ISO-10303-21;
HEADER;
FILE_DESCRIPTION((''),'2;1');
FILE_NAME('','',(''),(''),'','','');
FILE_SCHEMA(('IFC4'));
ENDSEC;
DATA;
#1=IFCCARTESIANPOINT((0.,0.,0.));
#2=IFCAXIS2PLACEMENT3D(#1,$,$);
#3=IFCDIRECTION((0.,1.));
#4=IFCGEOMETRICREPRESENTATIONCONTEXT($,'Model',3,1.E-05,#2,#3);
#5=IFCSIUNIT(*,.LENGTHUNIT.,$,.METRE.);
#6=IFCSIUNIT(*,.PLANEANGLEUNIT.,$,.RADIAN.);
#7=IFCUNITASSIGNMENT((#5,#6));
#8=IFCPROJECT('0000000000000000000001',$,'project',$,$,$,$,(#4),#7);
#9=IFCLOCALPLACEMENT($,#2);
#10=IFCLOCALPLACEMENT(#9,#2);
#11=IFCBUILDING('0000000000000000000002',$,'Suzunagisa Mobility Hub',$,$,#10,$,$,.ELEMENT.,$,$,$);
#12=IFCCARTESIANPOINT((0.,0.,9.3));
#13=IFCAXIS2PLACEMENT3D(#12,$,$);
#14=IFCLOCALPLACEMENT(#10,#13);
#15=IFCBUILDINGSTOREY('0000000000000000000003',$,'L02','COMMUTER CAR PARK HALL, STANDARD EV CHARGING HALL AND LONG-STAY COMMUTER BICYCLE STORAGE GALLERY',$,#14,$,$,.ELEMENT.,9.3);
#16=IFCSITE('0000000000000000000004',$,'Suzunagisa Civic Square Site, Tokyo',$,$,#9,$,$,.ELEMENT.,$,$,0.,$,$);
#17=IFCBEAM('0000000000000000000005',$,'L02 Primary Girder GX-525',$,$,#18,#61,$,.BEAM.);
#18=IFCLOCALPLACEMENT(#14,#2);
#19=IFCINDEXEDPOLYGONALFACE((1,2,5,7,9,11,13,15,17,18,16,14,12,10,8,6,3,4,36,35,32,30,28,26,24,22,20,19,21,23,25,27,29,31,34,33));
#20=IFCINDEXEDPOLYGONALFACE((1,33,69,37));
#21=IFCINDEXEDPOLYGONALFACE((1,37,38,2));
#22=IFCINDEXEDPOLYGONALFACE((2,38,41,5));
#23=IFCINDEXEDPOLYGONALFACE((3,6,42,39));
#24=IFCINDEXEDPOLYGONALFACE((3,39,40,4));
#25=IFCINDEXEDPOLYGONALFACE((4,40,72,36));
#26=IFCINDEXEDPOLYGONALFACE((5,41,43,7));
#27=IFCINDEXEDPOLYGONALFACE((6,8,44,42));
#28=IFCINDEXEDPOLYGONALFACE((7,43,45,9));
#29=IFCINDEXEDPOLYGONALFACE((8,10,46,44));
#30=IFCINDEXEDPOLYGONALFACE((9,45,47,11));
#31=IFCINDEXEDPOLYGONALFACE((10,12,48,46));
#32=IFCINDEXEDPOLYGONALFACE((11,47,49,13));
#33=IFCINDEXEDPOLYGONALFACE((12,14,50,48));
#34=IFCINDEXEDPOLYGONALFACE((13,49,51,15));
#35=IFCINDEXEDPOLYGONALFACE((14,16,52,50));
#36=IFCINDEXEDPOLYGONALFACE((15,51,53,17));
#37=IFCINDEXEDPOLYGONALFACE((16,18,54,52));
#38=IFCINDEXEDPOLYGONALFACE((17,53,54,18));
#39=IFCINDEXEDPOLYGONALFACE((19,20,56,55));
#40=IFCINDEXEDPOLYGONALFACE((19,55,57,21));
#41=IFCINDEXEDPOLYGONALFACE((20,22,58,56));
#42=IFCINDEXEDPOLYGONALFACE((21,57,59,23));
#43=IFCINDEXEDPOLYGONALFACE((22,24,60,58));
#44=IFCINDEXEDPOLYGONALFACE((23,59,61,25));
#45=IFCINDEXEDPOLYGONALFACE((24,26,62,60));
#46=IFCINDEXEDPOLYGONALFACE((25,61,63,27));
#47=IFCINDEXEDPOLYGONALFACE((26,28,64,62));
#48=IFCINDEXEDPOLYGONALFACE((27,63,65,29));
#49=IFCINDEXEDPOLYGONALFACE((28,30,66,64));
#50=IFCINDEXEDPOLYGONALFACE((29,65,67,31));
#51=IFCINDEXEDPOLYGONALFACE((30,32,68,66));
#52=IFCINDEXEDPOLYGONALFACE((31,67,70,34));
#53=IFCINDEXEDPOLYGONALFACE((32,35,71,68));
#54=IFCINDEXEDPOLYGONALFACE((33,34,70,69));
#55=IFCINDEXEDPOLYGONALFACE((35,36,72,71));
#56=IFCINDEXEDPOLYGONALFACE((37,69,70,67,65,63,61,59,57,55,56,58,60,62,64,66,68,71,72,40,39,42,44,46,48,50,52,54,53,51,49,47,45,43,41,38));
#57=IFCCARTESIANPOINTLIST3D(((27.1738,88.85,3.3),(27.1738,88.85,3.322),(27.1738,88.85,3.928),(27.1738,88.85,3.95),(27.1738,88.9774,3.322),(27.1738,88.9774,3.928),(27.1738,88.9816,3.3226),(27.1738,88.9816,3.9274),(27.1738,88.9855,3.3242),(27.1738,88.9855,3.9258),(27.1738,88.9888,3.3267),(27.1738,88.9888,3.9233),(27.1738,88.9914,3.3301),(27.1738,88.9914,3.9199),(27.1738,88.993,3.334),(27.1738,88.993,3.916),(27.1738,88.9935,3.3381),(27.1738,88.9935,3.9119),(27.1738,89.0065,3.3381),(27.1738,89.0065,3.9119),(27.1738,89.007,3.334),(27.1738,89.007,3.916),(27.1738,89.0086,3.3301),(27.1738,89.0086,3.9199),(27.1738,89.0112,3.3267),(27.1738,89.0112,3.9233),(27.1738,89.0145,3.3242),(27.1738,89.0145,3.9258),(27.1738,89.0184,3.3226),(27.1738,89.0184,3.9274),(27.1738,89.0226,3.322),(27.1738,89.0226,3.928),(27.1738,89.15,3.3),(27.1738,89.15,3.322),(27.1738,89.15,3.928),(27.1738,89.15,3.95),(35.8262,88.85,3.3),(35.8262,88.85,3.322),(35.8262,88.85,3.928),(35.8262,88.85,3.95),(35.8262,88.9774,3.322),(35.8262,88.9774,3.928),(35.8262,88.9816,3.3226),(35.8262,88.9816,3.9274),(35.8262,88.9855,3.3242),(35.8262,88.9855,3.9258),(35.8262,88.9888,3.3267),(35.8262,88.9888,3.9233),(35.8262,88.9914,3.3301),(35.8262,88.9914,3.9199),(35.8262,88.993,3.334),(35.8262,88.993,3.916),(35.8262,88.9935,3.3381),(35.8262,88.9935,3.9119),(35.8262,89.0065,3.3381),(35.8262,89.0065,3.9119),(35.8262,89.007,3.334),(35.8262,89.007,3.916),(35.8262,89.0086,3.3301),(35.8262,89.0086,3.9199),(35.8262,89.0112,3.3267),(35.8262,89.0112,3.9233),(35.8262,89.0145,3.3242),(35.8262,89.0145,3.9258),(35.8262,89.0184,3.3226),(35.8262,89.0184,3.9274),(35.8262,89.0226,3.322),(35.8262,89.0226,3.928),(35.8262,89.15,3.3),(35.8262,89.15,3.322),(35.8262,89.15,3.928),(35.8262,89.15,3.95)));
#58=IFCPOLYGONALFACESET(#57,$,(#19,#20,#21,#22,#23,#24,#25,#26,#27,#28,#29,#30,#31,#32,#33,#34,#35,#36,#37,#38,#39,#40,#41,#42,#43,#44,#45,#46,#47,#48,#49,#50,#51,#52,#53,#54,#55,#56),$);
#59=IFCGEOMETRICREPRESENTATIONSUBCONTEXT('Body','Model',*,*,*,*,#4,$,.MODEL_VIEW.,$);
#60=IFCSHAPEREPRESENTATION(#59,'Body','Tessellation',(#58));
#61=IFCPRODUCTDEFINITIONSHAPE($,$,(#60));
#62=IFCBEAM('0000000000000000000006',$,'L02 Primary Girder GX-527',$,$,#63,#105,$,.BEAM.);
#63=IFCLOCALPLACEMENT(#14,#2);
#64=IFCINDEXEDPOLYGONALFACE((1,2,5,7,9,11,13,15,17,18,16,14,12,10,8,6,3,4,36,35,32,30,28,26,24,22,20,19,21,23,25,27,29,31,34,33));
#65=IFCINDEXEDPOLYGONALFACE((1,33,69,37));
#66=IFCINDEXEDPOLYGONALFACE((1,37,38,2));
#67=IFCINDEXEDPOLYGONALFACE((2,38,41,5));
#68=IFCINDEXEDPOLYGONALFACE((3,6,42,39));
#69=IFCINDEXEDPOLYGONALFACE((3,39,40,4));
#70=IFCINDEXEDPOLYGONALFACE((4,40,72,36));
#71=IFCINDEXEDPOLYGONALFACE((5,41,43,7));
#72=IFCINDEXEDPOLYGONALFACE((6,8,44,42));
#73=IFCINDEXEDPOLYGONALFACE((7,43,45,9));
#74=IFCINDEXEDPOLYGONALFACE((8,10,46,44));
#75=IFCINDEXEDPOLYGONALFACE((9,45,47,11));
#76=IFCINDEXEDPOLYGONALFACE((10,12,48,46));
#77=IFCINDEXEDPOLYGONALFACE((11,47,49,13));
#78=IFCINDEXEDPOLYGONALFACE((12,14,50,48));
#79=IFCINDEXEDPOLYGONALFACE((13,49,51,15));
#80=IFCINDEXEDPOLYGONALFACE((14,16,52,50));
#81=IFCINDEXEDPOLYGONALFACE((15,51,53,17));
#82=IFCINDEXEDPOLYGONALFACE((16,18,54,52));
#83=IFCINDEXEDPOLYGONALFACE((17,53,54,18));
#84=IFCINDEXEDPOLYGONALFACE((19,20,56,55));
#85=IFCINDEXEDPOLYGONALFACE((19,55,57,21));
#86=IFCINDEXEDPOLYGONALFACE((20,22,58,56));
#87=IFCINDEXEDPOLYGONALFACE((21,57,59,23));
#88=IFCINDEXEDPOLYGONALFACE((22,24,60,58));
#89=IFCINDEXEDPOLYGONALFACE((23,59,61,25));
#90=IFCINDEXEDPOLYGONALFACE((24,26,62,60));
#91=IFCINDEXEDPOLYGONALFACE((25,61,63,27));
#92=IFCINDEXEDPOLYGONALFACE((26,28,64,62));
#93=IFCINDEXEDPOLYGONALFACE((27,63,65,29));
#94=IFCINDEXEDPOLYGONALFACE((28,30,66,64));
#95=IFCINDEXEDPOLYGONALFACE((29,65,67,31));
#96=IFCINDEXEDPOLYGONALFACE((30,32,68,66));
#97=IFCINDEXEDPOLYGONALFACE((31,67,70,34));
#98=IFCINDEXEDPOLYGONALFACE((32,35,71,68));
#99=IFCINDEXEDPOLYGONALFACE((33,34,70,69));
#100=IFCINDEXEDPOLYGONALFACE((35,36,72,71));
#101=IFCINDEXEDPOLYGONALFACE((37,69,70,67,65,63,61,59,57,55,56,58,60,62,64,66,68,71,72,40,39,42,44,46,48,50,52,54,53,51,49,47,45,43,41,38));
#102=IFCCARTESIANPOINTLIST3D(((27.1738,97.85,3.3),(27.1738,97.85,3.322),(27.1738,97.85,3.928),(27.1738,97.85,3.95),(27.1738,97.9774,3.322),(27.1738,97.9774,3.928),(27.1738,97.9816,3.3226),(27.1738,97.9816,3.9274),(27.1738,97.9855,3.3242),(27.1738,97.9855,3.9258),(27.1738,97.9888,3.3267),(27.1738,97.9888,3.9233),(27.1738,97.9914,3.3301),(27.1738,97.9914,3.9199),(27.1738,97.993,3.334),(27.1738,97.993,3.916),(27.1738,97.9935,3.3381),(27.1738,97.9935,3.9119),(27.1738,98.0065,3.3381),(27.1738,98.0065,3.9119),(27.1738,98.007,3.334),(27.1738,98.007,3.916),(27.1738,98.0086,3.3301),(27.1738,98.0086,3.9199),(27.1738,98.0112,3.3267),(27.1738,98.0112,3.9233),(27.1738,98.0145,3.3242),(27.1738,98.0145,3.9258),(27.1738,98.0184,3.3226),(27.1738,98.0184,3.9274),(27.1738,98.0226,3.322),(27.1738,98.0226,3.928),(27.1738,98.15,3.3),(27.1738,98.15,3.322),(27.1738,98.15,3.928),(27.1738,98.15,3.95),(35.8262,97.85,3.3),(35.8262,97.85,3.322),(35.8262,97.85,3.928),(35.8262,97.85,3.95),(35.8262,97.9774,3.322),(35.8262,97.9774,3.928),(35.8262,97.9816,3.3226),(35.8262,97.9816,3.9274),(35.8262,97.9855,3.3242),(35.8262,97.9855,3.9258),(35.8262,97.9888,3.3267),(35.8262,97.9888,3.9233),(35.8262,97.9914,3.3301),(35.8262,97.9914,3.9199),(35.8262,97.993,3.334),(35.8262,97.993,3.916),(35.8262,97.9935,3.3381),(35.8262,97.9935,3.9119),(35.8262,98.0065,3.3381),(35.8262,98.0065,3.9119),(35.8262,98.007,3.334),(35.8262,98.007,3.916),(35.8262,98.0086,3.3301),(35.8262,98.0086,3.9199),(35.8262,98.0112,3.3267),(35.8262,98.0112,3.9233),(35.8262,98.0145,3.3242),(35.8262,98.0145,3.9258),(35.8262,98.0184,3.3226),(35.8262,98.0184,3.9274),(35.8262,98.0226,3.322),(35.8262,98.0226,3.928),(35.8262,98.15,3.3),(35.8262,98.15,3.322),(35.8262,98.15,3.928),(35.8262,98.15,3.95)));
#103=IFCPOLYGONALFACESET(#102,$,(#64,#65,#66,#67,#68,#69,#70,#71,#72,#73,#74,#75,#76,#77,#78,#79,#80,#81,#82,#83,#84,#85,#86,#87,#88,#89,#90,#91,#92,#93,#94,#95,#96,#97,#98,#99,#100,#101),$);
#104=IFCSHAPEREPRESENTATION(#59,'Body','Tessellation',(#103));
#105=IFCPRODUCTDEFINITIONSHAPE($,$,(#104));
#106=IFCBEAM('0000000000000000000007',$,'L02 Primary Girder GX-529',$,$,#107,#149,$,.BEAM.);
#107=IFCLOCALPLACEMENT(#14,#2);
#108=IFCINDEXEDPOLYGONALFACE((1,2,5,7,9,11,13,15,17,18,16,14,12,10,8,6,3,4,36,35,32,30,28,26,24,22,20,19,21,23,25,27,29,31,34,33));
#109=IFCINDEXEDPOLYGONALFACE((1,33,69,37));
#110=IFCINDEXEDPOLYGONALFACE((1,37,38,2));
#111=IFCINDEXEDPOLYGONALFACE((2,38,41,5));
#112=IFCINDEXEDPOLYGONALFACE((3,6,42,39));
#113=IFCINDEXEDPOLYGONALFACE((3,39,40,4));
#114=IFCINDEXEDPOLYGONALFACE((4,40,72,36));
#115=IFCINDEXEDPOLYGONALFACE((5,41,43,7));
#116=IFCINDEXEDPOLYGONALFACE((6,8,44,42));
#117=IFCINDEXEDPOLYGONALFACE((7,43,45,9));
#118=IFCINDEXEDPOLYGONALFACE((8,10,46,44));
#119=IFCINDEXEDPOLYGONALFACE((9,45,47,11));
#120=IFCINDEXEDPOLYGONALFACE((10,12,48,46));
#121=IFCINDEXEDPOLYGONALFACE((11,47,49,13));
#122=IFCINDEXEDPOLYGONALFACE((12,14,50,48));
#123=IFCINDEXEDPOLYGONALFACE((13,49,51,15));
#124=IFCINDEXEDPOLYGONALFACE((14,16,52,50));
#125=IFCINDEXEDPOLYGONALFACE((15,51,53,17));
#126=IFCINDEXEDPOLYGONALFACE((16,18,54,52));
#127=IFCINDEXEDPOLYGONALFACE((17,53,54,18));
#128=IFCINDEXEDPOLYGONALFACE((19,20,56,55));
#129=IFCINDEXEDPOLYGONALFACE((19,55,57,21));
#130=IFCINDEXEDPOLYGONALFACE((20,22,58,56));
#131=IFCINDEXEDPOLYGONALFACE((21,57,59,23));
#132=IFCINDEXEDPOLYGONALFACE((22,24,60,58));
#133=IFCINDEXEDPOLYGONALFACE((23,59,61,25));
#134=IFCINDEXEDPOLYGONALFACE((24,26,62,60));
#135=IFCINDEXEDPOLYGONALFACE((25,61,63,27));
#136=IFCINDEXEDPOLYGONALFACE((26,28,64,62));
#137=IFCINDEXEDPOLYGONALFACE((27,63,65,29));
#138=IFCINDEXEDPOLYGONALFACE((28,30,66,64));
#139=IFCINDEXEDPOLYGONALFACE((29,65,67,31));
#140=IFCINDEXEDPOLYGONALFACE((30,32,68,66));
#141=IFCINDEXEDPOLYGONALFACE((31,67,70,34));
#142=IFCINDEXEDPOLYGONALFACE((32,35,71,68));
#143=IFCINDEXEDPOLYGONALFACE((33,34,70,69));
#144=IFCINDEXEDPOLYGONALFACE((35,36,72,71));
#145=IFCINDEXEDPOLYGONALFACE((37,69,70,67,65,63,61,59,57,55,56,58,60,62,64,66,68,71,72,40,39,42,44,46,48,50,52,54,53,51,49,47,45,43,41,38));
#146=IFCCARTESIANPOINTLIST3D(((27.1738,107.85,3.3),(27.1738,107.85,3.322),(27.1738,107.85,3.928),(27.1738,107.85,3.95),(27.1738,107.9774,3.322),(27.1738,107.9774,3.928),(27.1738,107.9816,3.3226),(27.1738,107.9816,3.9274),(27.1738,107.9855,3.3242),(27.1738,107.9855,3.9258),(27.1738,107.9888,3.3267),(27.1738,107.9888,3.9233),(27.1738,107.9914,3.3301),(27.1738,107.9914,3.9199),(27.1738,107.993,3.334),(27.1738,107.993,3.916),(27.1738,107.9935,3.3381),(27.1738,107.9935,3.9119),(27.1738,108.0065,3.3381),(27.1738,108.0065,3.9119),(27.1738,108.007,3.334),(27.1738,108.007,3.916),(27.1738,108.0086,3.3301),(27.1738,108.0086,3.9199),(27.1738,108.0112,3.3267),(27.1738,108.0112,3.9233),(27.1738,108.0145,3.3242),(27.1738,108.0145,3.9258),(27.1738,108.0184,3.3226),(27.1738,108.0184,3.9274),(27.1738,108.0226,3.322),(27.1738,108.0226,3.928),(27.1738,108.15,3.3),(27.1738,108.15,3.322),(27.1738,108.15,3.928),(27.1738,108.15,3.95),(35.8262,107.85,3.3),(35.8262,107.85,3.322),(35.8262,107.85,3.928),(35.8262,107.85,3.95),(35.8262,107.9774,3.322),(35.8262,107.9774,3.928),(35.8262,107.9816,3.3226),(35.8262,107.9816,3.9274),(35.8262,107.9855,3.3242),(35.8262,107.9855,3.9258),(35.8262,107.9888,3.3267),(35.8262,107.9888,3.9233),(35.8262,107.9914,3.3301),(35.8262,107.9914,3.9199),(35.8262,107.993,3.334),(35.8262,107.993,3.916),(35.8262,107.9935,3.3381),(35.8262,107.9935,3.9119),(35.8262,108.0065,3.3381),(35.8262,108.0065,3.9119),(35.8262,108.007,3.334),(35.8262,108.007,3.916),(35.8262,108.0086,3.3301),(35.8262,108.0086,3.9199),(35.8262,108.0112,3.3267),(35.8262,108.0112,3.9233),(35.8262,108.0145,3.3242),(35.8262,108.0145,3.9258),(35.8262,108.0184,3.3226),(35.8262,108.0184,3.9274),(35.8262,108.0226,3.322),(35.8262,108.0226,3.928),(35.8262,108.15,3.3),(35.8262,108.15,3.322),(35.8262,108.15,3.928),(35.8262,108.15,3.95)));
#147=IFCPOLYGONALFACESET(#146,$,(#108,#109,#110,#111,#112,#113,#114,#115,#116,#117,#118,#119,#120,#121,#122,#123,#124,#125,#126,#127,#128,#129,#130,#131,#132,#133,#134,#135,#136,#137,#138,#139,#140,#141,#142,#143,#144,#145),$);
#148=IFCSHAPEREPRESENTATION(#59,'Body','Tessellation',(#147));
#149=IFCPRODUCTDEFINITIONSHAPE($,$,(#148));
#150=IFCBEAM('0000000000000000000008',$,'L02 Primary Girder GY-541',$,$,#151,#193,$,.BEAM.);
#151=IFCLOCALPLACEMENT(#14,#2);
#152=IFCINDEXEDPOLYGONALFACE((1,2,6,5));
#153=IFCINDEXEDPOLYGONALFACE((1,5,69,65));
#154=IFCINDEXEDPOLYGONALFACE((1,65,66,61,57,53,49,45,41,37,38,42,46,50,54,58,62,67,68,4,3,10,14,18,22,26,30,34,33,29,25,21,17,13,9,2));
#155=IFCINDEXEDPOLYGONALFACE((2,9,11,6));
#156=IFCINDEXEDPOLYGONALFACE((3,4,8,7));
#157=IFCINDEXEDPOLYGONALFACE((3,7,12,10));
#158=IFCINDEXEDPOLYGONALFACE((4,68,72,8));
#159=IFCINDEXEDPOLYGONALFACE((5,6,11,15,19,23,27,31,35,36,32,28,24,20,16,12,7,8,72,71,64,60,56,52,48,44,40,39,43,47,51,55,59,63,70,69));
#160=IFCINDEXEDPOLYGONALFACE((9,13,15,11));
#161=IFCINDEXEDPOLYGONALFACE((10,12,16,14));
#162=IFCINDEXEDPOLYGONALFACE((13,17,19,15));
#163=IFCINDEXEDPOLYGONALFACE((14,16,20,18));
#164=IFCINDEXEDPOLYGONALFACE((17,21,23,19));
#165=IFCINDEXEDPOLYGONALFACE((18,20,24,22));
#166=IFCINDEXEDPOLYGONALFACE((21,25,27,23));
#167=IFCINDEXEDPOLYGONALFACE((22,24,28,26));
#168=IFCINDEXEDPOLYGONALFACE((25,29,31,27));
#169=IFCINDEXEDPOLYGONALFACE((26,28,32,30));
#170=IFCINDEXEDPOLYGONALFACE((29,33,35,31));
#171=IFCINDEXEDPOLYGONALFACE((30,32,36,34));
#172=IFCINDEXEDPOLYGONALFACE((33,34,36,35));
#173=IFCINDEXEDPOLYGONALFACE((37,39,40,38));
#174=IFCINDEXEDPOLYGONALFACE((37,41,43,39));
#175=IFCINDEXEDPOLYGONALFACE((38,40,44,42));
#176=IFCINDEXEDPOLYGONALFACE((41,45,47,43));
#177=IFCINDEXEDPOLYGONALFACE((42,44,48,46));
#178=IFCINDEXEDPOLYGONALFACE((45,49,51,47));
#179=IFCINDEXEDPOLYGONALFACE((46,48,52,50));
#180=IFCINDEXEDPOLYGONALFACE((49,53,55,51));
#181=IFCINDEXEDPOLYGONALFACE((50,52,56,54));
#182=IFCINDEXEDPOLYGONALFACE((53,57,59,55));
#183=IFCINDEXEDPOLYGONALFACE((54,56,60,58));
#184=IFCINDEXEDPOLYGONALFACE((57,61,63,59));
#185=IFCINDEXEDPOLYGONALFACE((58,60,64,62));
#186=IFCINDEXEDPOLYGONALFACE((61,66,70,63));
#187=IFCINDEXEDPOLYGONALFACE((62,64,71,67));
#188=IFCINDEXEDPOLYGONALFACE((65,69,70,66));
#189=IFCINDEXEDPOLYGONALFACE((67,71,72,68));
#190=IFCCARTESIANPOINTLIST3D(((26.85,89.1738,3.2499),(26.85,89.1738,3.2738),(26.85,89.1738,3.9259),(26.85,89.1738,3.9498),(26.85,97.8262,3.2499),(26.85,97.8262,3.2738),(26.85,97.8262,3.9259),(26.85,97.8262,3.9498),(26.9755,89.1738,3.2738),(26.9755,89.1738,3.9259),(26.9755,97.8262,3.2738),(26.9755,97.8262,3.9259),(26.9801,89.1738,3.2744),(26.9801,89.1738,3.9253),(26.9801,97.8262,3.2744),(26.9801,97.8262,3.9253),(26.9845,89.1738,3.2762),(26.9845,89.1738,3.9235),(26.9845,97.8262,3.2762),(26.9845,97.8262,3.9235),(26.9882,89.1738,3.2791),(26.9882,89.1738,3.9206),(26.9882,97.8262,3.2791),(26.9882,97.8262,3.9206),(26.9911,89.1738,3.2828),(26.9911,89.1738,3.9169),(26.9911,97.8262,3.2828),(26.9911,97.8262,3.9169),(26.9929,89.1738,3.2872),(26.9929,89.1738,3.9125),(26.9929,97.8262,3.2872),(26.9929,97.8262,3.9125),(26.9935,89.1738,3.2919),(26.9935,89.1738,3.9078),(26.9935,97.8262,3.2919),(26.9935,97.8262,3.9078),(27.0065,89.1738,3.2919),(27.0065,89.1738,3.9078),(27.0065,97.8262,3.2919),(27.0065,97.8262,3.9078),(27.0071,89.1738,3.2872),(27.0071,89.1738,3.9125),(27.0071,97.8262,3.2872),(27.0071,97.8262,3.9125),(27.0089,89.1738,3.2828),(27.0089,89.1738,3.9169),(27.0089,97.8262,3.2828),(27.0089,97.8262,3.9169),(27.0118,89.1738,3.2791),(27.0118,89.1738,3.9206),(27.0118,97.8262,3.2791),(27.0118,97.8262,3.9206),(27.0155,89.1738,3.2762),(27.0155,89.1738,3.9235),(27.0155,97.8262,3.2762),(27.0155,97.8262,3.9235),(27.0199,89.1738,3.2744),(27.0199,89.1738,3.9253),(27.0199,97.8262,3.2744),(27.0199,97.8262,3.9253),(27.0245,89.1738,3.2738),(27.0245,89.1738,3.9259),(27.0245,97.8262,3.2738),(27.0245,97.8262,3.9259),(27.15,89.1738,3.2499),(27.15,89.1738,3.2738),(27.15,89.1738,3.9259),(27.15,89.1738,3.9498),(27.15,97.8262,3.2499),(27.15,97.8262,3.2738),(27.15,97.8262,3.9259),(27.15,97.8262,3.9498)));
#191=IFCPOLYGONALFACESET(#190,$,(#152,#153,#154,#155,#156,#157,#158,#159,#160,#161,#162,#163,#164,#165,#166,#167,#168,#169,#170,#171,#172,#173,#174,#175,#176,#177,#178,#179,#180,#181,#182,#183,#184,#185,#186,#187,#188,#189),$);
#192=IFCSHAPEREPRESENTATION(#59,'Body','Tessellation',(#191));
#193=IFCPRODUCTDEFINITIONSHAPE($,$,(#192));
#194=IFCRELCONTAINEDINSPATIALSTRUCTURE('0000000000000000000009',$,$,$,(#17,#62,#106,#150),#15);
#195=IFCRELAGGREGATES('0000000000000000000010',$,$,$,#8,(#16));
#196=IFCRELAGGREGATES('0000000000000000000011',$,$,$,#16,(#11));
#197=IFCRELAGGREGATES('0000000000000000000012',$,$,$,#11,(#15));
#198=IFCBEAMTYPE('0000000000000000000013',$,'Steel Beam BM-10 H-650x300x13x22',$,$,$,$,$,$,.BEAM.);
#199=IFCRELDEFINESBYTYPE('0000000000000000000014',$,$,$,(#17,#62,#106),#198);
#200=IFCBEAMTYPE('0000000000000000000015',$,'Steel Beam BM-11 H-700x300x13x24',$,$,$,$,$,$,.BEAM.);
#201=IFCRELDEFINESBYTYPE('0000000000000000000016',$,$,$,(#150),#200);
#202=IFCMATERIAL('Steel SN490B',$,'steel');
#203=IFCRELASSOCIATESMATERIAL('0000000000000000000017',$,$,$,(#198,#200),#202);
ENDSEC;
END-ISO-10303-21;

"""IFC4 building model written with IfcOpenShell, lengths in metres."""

from ifc_helpers import new_model, si_unit, direction, frame, origin, origin_2d, place, context, subcontext, project, spatial, i_section, extrude, material, material_profile, profile_set, type_object, element, save


model = new_model("IFC4")

# Units and contexts
model_context = context("Model", 3, precision=1e-05, world=origin(), true_north=direction((0.0, 1.0)))
body_context = subcontext(model_context, "Body", "Model", "MODEL_VIEW")
ifc_project = project(units=[si_unit("LENGTHUNIT", "METRE"), si_unit("PLANEANGLEUNIT", "RADIAN")], contexts=[model_context])

# Site, building, storey
site_placement = place(None, origin())
site = spatial("IfcSite", under=ifc_project, at=site_placement, Name="Suzunagisa Civic Square Site, Tokyo", CompositionType="ELEMENT", RefElevation=0.0)
building_placement = place(site_placement, origin())
building = spatial("IfcBuilding", under=site, at=building_placement, Name="Suzunagisa Mobility Hub", CompositionType="ELEMENT")
storey_placement = place(building_placement, frame((0.0, 0.0, 9.3)))
storey = spatial("IfcBuildingStorey", under=building, at=storey_placement, Name="L02", Description="COMMUTER CAR PARK HALL, STANDARD EV CHARGING HALL AND LONG-STAY COMMUTER BICYCLE STORAGE GALLERY", CompositionType="ELEMENT", Elevation=9.3)

# Shared definitions
ifc_material_1 = material(Name="Steel SN490B", Category="steel")

# Beams
ifc_material_profile_1 = material_profile(ifc_material_1, i_section(OverallWidth=0.3, OverallDepth=0.6499, WebThickness=0.0129, FlangeThickness=0.022, FilletRadius=0.0161, at=origin_2d()), Name="H-650x300x13x22")
ifc_profile_set_1 = profile_set([ifc_material_profile_1], Name="Steel SN490B")
beam_type_1 = type_object("IfcBeamType", Name="Steel Beam BM-10 H-650x300x13x22", PredefinedType="BEAM", material=ifc_profile_set_1)
for number, where, z_axis, x_axis, name in (
    (1, (27.1738, 89.0, 3.625), (1.0, 0.0, 0.0), (0.0, 1.0, 0.0), "L02 Primary Girder GX-525"),
    (2, (27.1738, 98.0, 3.625), (1.0, 0.0, 0.0), (0.0, 1.0, 0.0), "L02 Primary Girder GX-527"),
    (3, (27.1738, 108.0, 3.625), (1.0, 0.0, 0.0), (0.0, 1.0, 0.0), "L02 Primary Girder GX-529"),
):
    element("IfcBeam", number, at=place(storey_placement, frame(where, z_axis=z_axis, x_axis=x_axis)), inside=storey, type_object=beam_type_1, Name=name, PredefinedType="BEAM", context=body_context, shape_type="SweptSolid", body=[
        extrude(i_section(OverallWidth=0.3, OverallDepth=0.6499, WebThickness=0.0129, FlangeThickness=0.022, FilletRadius=0.0161, at=origin_2d()), origin(), (0.0, 0.0, 1.0), 8.6523),
    ])
ifc_material_profile_2 = material_profile(ifc_material_1, i_section(OverallWidth=0.3, OverallDepth=0.7, WebThickness=0.0129, FlangeThickness=0.0239, FilletRadius=0.0181, at=origin_2d()), Name="H-700x300x13x24")
ifc_profile_set_2 = profile_set([ifc_material_profile_2], Name="Steel SN490B")
beam_type_2 = type_object("IfcBeamType", Name="Steel Beam BM-11 H-700x300x13x24", PredefinedType="BEAM", material=ifc_profile_set_2)
beam_1_placement = place(storey_placement, frame((27.0, 89.1738, 3.5999), z_axis=(0.0, 1.0, 0.0), x_axis=(-1.0, 0.0, 0.0)))
element("IfcBeam", 4, at=beam_1_placement, inside=storey, type_object=beam_type_2, Name="L02 Primary Girder GY-541", PredefinedType="BEAM", context=body_context, shape_type="SweptSolid", body=[
    extrude(i_section(OverallWidth=0.3, OverallDepth=0.7, WebThickness=0.0129, FlangeThickness=0.0239, FilletRadius=0.0181, at=origin_2d()), origin(), (0.0, 0.0, 1.0), 8.6523),
])

save(model, "model.ifc")
